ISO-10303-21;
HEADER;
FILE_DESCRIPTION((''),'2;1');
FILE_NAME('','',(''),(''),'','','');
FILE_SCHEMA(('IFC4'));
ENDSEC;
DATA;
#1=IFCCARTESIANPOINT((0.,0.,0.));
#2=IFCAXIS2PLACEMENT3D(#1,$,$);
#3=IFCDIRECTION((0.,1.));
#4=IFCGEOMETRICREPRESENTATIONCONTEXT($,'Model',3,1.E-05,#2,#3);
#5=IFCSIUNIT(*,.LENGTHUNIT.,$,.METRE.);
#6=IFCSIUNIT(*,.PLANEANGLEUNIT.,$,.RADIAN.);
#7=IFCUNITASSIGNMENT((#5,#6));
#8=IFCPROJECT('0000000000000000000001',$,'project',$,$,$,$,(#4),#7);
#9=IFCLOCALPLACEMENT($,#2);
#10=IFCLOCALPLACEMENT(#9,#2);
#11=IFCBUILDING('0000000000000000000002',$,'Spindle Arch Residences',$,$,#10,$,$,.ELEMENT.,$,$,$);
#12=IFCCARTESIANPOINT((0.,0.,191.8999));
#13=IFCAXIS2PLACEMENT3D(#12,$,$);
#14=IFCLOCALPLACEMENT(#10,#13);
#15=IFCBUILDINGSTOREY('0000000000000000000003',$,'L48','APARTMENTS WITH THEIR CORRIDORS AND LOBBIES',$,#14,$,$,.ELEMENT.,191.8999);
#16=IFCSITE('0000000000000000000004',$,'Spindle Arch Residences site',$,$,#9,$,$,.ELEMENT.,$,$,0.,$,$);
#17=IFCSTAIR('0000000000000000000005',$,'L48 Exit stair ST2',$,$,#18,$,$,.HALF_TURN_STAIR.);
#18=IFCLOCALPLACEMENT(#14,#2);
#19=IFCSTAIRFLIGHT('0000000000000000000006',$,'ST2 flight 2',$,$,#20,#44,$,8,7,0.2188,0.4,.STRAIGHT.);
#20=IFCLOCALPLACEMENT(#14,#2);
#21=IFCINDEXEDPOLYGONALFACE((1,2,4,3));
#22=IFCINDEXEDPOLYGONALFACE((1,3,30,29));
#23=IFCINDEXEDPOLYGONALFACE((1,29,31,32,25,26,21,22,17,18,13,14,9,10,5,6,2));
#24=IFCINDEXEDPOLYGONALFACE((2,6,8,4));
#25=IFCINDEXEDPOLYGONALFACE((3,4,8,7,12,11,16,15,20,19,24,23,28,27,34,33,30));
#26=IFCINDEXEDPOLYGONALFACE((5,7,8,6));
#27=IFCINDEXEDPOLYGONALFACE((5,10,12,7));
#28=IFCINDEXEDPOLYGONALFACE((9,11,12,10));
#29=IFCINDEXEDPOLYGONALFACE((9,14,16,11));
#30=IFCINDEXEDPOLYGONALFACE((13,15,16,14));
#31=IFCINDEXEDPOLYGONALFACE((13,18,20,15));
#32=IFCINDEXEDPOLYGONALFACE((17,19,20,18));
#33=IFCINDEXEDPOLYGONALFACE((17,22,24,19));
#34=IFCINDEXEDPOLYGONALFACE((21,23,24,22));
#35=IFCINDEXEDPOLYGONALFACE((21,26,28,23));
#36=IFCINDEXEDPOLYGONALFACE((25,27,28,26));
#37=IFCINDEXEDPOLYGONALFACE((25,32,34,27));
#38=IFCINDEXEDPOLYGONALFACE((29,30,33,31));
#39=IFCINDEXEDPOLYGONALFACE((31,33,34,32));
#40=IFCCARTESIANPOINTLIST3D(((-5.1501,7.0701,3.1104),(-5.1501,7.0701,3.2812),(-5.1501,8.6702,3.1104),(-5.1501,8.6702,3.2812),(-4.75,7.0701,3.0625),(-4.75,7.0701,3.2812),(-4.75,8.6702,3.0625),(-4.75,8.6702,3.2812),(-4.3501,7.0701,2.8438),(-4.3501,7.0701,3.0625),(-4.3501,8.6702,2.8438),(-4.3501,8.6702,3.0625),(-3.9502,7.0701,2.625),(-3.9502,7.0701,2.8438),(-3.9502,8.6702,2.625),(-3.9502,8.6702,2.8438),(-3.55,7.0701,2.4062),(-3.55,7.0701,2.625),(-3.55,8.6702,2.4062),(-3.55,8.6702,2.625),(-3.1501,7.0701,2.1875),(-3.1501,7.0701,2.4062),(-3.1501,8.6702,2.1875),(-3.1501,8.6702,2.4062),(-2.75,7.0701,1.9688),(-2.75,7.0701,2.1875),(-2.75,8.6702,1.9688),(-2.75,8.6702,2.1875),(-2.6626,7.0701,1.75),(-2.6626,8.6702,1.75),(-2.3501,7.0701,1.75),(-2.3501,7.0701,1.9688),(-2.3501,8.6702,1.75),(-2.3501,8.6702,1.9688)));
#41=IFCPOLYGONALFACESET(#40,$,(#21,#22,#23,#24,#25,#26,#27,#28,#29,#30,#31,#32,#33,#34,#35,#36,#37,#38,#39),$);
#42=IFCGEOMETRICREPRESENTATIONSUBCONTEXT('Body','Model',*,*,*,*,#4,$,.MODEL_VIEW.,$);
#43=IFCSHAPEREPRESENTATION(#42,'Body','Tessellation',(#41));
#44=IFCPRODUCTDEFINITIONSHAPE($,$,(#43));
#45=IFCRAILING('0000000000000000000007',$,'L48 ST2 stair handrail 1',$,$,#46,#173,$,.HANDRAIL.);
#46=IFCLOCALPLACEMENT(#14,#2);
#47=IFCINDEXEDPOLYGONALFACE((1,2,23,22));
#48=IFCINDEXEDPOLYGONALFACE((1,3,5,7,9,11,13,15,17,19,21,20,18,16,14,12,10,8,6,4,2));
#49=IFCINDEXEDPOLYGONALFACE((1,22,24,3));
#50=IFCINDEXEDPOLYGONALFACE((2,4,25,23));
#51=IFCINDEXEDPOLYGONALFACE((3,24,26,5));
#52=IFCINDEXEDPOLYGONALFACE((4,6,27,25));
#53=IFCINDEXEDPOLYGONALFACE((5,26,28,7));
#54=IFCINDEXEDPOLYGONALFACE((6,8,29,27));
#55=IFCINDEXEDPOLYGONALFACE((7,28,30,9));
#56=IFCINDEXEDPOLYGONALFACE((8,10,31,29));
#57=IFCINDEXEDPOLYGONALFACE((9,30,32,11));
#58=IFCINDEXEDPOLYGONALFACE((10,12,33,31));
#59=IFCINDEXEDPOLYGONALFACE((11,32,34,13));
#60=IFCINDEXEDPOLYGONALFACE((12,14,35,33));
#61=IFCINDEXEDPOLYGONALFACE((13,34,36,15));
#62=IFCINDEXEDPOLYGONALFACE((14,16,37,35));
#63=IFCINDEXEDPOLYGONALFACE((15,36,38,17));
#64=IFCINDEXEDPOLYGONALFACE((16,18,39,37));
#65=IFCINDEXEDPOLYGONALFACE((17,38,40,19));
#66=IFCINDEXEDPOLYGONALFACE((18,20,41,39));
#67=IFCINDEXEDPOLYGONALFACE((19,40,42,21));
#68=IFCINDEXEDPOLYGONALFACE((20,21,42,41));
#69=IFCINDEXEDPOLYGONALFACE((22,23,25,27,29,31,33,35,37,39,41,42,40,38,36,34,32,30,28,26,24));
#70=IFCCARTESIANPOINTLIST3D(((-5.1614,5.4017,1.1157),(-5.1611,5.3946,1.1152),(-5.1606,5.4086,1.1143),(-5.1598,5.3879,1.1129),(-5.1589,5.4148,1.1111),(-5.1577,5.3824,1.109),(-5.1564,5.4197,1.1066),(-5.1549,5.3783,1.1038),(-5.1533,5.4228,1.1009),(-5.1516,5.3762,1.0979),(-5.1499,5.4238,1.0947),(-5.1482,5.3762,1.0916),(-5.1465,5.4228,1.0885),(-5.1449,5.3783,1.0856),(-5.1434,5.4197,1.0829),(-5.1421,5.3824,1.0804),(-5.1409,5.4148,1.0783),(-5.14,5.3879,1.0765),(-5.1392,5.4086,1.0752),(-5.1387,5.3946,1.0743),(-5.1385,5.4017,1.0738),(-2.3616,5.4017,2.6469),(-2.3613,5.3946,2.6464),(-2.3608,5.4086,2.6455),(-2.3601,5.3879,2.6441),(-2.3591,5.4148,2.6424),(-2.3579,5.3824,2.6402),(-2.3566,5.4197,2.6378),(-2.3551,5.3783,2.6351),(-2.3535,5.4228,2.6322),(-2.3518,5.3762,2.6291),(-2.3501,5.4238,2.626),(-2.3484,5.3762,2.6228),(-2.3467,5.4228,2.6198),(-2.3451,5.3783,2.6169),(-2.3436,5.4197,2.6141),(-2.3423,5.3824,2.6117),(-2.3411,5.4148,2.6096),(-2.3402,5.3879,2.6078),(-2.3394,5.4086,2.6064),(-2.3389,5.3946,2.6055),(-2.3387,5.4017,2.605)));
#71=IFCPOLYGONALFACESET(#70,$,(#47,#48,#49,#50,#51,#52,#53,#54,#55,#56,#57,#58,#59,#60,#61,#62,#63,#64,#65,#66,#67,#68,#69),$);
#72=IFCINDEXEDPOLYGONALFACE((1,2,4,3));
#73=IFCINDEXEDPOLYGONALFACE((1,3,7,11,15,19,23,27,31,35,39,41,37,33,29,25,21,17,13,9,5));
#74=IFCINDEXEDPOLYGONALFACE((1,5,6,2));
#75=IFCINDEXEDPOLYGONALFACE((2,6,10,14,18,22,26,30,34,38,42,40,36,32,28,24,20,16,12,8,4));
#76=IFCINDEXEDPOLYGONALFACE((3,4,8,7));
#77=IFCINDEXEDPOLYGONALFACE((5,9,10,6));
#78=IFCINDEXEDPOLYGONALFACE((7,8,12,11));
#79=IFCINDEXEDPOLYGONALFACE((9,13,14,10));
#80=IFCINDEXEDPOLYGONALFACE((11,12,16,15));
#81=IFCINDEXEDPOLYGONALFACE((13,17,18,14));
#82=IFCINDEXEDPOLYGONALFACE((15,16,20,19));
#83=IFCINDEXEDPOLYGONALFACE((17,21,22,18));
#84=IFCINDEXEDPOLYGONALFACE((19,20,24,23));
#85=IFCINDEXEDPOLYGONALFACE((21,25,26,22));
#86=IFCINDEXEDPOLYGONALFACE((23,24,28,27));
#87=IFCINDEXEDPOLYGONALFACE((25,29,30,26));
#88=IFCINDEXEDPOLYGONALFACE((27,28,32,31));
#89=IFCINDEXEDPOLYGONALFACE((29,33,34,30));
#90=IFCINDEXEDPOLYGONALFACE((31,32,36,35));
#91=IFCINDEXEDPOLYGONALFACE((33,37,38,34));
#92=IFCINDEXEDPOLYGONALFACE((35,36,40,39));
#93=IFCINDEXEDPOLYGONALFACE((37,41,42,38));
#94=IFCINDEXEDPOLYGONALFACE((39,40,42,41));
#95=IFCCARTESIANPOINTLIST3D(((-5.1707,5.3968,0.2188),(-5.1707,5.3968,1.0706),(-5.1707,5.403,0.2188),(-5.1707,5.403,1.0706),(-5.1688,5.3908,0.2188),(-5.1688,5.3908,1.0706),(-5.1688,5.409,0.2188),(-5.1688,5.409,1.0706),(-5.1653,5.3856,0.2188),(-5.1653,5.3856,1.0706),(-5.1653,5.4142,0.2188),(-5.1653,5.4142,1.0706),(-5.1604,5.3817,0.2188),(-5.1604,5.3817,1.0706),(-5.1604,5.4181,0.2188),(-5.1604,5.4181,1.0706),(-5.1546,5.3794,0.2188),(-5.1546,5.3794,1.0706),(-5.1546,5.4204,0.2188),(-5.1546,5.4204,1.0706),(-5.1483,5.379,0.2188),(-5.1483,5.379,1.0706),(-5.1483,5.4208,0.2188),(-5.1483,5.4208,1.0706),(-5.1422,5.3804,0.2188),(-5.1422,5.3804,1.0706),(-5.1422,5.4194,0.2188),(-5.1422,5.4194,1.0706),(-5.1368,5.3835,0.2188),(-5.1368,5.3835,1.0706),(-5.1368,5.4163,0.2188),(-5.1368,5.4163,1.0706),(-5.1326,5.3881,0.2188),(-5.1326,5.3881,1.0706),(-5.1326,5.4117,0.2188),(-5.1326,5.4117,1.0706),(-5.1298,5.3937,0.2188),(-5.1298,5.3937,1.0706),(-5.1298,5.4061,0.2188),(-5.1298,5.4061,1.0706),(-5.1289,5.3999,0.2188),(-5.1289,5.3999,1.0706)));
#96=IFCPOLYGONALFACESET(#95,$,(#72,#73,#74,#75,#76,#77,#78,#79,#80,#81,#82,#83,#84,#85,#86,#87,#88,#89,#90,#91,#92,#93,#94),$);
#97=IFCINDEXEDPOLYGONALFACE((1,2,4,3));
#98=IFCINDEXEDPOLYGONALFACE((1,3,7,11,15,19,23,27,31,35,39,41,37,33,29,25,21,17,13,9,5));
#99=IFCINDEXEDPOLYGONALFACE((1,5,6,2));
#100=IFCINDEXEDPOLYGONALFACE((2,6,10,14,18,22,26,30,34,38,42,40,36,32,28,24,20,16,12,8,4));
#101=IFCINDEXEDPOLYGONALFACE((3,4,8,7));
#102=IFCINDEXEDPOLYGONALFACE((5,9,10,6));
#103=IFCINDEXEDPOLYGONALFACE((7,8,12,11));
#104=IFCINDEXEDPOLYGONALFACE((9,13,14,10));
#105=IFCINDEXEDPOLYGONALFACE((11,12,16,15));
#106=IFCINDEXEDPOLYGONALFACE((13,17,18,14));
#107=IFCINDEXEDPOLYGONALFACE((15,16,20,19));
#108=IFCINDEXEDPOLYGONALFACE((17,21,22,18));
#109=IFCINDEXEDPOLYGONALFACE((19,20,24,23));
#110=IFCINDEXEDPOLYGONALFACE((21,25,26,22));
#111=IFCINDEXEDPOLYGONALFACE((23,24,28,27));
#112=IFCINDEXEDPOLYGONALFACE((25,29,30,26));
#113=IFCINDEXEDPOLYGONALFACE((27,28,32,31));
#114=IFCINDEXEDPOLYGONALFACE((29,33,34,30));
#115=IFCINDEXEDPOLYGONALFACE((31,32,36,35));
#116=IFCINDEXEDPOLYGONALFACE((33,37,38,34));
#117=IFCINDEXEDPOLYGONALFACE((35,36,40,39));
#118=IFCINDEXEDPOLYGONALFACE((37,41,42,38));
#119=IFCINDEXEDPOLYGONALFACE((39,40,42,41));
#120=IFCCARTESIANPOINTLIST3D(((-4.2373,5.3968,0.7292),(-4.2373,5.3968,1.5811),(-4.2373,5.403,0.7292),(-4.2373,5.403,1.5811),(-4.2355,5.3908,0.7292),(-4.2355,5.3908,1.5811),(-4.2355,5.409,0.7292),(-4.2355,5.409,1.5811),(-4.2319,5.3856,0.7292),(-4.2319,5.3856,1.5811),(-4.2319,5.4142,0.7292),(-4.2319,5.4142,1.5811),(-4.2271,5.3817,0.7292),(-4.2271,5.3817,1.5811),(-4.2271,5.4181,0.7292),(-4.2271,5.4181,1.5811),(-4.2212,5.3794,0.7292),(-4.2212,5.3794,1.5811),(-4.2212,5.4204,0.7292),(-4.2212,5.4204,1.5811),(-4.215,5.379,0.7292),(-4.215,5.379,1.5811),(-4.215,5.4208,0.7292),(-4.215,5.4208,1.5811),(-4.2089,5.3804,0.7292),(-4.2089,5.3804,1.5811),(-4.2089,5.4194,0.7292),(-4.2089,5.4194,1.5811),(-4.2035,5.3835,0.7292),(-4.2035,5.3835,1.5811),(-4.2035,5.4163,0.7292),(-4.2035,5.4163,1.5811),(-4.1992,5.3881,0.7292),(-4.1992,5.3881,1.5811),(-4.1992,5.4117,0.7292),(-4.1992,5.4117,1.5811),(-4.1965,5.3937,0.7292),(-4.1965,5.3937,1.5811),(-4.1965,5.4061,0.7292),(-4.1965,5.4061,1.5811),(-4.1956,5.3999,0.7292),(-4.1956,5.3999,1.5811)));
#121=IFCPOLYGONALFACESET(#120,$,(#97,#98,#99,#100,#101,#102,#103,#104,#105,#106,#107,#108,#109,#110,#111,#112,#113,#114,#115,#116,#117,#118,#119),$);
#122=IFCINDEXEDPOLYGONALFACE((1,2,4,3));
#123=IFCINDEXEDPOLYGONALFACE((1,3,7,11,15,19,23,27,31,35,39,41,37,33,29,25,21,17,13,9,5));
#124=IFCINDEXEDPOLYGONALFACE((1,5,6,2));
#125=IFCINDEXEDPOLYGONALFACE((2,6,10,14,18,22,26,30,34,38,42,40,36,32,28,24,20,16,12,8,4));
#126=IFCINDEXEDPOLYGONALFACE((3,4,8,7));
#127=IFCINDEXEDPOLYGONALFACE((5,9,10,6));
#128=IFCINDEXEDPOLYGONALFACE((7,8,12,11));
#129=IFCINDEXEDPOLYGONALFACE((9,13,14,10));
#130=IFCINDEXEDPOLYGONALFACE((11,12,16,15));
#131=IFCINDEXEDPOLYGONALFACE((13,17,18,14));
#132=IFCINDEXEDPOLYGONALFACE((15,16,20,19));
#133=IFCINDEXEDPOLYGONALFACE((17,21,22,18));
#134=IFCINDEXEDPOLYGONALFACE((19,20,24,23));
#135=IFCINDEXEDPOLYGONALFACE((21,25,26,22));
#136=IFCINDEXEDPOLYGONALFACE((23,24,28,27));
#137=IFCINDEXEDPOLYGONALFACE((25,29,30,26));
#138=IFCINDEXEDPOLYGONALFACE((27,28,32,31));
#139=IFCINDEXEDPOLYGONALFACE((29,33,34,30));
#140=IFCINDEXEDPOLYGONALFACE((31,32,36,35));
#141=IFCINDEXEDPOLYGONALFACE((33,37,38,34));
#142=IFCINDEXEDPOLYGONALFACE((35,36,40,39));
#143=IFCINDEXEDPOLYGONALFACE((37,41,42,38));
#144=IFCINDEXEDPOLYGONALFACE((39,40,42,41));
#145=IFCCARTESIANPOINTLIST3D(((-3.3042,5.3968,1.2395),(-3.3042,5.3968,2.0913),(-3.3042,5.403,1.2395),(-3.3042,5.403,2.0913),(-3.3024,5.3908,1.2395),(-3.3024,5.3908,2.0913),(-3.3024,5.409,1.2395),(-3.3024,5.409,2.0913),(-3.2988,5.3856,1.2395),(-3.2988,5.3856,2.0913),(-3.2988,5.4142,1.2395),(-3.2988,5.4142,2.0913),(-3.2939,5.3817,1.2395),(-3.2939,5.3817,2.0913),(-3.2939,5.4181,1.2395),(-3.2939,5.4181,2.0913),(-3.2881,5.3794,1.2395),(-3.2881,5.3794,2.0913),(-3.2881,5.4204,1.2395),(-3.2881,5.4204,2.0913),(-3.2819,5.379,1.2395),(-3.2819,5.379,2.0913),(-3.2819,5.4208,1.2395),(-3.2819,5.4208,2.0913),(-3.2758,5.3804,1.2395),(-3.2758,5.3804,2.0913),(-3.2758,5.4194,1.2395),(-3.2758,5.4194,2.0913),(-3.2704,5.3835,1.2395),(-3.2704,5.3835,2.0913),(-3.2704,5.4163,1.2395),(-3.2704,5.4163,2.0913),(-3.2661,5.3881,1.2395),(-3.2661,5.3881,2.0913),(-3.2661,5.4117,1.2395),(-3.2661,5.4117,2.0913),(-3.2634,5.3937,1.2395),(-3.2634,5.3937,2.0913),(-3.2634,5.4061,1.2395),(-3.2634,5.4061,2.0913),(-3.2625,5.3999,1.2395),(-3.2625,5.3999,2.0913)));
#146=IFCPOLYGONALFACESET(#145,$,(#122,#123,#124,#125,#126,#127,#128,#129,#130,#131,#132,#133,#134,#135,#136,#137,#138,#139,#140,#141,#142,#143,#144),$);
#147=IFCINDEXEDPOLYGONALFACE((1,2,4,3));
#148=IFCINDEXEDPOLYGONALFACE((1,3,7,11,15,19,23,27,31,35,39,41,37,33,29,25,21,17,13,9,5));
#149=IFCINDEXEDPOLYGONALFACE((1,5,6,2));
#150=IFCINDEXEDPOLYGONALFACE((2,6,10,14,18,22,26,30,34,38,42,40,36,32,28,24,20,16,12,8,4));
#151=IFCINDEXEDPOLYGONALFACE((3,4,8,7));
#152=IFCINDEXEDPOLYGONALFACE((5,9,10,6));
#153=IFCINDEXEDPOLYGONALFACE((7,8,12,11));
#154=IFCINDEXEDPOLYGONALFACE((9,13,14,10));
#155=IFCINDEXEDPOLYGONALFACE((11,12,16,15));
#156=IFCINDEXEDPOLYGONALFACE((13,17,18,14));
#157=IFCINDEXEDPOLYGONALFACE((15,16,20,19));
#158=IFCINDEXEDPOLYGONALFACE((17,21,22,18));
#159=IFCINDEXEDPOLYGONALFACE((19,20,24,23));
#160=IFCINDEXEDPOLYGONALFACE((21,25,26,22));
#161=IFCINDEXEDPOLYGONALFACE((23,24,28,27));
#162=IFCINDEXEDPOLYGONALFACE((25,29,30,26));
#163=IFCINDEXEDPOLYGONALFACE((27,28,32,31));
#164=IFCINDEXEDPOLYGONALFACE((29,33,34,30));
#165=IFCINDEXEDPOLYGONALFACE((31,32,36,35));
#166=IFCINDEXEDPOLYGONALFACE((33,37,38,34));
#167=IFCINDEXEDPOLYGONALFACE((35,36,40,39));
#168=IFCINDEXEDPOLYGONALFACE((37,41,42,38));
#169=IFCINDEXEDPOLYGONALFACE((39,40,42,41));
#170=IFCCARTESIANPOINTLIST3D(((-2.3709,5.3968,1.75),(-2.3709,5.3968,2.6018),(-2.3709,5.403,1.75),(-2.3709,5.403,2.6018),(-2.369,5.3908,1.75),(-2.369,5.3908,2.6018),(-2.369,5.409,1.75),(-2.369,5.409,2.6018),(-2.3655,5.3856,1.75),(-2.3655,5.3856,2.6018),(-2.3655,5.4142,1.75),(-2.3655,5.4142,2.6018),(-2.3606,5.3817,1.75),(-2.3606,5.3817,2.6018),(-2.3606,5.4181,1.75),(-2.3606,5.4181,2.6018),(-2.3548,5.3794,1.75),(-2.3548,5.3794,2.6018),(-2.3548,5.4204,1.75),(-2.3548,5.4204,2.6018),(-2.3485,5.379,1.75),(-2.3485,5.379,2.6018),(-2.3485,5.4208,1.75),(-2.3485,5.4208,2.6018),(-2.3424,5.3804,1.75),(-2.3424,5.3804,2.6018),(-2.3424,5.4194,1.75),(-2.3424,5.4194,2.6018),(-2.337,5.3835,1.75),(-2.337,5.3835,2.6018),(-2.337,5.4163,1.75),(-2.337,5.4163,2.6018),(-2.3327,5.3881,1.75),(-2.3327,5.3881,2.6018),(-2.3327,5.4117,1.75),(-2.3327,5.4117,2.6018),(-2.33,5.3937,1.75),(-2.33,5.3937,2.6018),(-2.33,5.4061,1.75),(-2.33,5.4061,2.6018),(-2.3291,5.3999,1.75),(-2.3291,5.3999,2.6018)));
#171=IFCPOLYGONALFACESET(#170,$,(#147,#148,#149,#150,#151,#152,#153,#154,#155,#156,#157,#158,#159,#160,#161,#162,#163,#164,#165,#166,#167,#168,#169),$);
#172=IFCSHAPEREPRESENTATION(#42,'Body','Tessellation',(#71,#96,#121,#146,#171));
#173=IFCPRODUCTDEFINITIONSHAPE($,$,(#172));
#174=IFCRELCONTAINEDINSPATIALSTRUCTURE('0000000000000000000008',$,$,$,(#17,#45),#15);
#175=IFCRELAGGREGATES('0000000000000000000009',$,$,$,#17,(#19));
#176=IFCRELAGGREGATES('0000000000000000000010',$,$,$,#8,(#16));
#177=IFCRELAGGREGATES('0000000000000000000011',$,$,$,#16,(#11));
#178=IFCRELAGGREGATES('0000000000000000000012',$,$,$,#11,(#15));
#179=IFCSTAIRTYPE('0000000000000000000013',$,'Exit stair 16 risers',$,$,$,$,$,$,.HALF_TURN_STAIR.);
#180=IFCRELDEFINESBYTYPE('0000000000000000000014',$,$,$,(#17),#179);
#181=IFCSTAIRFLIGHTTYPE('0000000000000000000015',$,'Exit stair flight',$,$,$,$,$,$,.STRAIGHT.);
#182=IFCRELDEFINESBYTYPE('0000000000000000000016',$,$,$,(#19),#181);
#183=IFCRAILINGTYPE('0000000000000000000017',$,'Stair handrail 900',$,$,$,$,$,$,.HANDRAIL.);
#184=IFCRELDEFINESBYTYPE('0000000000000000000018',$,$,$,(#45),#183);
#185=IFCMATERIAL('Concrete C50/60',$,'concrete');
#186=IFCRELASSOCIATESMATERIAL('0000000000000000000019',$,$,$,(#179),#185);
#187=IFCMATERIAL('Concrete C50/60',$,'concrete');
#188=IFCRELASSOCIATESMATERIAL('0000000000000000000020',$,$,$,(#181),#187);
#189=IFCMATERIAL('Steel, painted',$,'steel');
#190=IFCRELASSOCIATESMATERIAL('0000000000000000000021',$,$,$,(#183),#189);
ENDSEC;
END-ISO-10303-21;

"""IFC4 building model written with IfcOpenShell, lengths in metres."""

from ifc_helpers import new_model, si_unit, direction, frame, origin, origin_2d, place, context, subcontext, project, spatial, polyline, circle, outline, extrude, material, type_object, element, aggregate, save


model = new_model("IFC4")

# Units and contexts
model_context = context("Model", 3, precision=1e-05, world=origin(), true_north=direction((0.0, 1.0)))
body_context = subcontext(model_context, "Body", "Model", "MODEL_VIEW")
ifc_project = project(units=[si_unit("LENGTHUNIT", "METRE"), si_unit("PLANEANGLEUNIT", "RADIAN")], contexts=[model_context])

# Site, building, storey
site_placement = place(None, origin())
site = spatial("IfcSite", under=ifc_project, at=site_placement, Name="Spindle Arch Residences site", CompositionType="ELEMENT", RefElevation=0.0)
building_placement = place(site_placement, origin())
building = spatial("IfcBuilding", under=site, at=building_placement, Name="Spindle Arch Residences", CompositionType="ELEMENT")
storey_placement = place(building_placement, frame((0.0, 0.0, 191.8999)))
storey = spatial("IfcBuildingStorey", under=building, at=storey_placement, Name="L48", Description="APARTMENTS WITH THEIR CORRIDORS AND LOBBIES", CompositionType="ELEMENT", Elevation=191.8999)

# Stair, stair flight
ifc_material_1 = material(Name="Concrete C50/60", Category="concrete")
stair_type = type_object("IfcStairType", Name="Exit stair 16 risers", PredefinedType="HALF_TURN_STAIR", material=ifc_material_1)
stair_placement = place(storey_placement, origin())
stair = element("IfcStair", 1, at=stair_placement, inside=storey, type_object=stair_type, Name="L48 Exit stair ST2", PredefinedType="HALF_TURN_STAIR")
ifc_material_2 = material(Name="Concrete C50/60", Category="concrete")
stair_flight_type = type_object("IfcStairFlightType", Name="Exit stair flight", PredefinedType="STRAIGHT", material=ifc_material_2)
stair_flight_1_placement = place(storey_placement, frame((-2.3501, 7.8701, 1.75), z_axis=(0.0, 0.0, 1.0), x_axis=(-1.0, 0.0, 0.0)))
stair_flight_1 = element("IfcStairFlight", 2, at=stair_flight_1_placement, type_object=stair_flight_type, Name="ST2 flight 2", NumberOfRisers=8, NumberOfTreads=7, PredefinedType="STRAIGHT", RiserHeight=0.2188, TreadLength=0.4, context=body_context, shape_type="SweptSolid", body=[
    extrude(outline(polyline([(0.0, 0.0), (0.0, 0.2188), (0.3999, 0.2188), (0.3999, 0.4375), (0.8, 0.4375), (0.8, 0.6562), (1.2, 0.6562), (1.2, 0.875), (1.6001, 0.875), (1.6001, 1.0938), (2.0, 1.0938), (2.0, 1.3125), (2.3999, 1.3125), (2.3999, 1.5312), (2.8, 1.5312), (2.8, 1.75), (2.8, 1.3604), (0.3125, 0.0), (0.0, 0.0)])), frame((0.0, 0.8, 0.0), z_axis=(0.0, -1.0, 0.0), x_axis=(1.0, 0.0, 0.0)), (0.0, 0.0, 1.0), 1.6001),
])
aggregate(stair, [stair_flight_1])

# Railing
ifc_material_3 = material(Name="Steel, painted", Category="steel")
railing_type_1 = type_object("IfcRailingType", Name="Stair handrail 900", PredefinedType="HANDRAIL", material=ifc_material_3)
railing_1_placement = place(storey_placement, frame((-5.1499, 5.3999, 0.2188)))
element("IfcRailing", 3, at=railing_1_placement, inside=storey, type_object=railing_type_1, Name="L48 ST2 stair handrail 1", PredefinedType="HANDRAIL", context=body_context, shape_type="SweptSolid", body=[
    extrude(circle(Radius=0.0239, at=origin_2d()), frame((0.0, 0.0, 0.876), z_axis=(0.877357, 0.0, 0.479838), x_axis=(0.0, 1.0, 0.0)), (0.0, 0.0, 1.0), 3.1912),
    extrude(circle(Radius=0.021, at=origin_2d()), origin(), (0.0, 0.0, 1.0), 0.8518),
    extrude(circle(Radius=0.021, at=origin_2d()), frame((0.9333, 0.0, 0.5105)), (0.0, 0.0, 1.0), 0.8518),
    extrude(circle(Radius=0.021, at=origin_2d()), frame((1.8665, 0.0, 1.0208)), (0.0, 0.0, 1.0), 0.8518),
    extrude(circle(Radius=0.021, at=origin_2d()), frame((2.7998, 0.0, 1.5312)), (0.0, 0.0, 1.0), 0.8518),
])

save(model, "model.ifc")
